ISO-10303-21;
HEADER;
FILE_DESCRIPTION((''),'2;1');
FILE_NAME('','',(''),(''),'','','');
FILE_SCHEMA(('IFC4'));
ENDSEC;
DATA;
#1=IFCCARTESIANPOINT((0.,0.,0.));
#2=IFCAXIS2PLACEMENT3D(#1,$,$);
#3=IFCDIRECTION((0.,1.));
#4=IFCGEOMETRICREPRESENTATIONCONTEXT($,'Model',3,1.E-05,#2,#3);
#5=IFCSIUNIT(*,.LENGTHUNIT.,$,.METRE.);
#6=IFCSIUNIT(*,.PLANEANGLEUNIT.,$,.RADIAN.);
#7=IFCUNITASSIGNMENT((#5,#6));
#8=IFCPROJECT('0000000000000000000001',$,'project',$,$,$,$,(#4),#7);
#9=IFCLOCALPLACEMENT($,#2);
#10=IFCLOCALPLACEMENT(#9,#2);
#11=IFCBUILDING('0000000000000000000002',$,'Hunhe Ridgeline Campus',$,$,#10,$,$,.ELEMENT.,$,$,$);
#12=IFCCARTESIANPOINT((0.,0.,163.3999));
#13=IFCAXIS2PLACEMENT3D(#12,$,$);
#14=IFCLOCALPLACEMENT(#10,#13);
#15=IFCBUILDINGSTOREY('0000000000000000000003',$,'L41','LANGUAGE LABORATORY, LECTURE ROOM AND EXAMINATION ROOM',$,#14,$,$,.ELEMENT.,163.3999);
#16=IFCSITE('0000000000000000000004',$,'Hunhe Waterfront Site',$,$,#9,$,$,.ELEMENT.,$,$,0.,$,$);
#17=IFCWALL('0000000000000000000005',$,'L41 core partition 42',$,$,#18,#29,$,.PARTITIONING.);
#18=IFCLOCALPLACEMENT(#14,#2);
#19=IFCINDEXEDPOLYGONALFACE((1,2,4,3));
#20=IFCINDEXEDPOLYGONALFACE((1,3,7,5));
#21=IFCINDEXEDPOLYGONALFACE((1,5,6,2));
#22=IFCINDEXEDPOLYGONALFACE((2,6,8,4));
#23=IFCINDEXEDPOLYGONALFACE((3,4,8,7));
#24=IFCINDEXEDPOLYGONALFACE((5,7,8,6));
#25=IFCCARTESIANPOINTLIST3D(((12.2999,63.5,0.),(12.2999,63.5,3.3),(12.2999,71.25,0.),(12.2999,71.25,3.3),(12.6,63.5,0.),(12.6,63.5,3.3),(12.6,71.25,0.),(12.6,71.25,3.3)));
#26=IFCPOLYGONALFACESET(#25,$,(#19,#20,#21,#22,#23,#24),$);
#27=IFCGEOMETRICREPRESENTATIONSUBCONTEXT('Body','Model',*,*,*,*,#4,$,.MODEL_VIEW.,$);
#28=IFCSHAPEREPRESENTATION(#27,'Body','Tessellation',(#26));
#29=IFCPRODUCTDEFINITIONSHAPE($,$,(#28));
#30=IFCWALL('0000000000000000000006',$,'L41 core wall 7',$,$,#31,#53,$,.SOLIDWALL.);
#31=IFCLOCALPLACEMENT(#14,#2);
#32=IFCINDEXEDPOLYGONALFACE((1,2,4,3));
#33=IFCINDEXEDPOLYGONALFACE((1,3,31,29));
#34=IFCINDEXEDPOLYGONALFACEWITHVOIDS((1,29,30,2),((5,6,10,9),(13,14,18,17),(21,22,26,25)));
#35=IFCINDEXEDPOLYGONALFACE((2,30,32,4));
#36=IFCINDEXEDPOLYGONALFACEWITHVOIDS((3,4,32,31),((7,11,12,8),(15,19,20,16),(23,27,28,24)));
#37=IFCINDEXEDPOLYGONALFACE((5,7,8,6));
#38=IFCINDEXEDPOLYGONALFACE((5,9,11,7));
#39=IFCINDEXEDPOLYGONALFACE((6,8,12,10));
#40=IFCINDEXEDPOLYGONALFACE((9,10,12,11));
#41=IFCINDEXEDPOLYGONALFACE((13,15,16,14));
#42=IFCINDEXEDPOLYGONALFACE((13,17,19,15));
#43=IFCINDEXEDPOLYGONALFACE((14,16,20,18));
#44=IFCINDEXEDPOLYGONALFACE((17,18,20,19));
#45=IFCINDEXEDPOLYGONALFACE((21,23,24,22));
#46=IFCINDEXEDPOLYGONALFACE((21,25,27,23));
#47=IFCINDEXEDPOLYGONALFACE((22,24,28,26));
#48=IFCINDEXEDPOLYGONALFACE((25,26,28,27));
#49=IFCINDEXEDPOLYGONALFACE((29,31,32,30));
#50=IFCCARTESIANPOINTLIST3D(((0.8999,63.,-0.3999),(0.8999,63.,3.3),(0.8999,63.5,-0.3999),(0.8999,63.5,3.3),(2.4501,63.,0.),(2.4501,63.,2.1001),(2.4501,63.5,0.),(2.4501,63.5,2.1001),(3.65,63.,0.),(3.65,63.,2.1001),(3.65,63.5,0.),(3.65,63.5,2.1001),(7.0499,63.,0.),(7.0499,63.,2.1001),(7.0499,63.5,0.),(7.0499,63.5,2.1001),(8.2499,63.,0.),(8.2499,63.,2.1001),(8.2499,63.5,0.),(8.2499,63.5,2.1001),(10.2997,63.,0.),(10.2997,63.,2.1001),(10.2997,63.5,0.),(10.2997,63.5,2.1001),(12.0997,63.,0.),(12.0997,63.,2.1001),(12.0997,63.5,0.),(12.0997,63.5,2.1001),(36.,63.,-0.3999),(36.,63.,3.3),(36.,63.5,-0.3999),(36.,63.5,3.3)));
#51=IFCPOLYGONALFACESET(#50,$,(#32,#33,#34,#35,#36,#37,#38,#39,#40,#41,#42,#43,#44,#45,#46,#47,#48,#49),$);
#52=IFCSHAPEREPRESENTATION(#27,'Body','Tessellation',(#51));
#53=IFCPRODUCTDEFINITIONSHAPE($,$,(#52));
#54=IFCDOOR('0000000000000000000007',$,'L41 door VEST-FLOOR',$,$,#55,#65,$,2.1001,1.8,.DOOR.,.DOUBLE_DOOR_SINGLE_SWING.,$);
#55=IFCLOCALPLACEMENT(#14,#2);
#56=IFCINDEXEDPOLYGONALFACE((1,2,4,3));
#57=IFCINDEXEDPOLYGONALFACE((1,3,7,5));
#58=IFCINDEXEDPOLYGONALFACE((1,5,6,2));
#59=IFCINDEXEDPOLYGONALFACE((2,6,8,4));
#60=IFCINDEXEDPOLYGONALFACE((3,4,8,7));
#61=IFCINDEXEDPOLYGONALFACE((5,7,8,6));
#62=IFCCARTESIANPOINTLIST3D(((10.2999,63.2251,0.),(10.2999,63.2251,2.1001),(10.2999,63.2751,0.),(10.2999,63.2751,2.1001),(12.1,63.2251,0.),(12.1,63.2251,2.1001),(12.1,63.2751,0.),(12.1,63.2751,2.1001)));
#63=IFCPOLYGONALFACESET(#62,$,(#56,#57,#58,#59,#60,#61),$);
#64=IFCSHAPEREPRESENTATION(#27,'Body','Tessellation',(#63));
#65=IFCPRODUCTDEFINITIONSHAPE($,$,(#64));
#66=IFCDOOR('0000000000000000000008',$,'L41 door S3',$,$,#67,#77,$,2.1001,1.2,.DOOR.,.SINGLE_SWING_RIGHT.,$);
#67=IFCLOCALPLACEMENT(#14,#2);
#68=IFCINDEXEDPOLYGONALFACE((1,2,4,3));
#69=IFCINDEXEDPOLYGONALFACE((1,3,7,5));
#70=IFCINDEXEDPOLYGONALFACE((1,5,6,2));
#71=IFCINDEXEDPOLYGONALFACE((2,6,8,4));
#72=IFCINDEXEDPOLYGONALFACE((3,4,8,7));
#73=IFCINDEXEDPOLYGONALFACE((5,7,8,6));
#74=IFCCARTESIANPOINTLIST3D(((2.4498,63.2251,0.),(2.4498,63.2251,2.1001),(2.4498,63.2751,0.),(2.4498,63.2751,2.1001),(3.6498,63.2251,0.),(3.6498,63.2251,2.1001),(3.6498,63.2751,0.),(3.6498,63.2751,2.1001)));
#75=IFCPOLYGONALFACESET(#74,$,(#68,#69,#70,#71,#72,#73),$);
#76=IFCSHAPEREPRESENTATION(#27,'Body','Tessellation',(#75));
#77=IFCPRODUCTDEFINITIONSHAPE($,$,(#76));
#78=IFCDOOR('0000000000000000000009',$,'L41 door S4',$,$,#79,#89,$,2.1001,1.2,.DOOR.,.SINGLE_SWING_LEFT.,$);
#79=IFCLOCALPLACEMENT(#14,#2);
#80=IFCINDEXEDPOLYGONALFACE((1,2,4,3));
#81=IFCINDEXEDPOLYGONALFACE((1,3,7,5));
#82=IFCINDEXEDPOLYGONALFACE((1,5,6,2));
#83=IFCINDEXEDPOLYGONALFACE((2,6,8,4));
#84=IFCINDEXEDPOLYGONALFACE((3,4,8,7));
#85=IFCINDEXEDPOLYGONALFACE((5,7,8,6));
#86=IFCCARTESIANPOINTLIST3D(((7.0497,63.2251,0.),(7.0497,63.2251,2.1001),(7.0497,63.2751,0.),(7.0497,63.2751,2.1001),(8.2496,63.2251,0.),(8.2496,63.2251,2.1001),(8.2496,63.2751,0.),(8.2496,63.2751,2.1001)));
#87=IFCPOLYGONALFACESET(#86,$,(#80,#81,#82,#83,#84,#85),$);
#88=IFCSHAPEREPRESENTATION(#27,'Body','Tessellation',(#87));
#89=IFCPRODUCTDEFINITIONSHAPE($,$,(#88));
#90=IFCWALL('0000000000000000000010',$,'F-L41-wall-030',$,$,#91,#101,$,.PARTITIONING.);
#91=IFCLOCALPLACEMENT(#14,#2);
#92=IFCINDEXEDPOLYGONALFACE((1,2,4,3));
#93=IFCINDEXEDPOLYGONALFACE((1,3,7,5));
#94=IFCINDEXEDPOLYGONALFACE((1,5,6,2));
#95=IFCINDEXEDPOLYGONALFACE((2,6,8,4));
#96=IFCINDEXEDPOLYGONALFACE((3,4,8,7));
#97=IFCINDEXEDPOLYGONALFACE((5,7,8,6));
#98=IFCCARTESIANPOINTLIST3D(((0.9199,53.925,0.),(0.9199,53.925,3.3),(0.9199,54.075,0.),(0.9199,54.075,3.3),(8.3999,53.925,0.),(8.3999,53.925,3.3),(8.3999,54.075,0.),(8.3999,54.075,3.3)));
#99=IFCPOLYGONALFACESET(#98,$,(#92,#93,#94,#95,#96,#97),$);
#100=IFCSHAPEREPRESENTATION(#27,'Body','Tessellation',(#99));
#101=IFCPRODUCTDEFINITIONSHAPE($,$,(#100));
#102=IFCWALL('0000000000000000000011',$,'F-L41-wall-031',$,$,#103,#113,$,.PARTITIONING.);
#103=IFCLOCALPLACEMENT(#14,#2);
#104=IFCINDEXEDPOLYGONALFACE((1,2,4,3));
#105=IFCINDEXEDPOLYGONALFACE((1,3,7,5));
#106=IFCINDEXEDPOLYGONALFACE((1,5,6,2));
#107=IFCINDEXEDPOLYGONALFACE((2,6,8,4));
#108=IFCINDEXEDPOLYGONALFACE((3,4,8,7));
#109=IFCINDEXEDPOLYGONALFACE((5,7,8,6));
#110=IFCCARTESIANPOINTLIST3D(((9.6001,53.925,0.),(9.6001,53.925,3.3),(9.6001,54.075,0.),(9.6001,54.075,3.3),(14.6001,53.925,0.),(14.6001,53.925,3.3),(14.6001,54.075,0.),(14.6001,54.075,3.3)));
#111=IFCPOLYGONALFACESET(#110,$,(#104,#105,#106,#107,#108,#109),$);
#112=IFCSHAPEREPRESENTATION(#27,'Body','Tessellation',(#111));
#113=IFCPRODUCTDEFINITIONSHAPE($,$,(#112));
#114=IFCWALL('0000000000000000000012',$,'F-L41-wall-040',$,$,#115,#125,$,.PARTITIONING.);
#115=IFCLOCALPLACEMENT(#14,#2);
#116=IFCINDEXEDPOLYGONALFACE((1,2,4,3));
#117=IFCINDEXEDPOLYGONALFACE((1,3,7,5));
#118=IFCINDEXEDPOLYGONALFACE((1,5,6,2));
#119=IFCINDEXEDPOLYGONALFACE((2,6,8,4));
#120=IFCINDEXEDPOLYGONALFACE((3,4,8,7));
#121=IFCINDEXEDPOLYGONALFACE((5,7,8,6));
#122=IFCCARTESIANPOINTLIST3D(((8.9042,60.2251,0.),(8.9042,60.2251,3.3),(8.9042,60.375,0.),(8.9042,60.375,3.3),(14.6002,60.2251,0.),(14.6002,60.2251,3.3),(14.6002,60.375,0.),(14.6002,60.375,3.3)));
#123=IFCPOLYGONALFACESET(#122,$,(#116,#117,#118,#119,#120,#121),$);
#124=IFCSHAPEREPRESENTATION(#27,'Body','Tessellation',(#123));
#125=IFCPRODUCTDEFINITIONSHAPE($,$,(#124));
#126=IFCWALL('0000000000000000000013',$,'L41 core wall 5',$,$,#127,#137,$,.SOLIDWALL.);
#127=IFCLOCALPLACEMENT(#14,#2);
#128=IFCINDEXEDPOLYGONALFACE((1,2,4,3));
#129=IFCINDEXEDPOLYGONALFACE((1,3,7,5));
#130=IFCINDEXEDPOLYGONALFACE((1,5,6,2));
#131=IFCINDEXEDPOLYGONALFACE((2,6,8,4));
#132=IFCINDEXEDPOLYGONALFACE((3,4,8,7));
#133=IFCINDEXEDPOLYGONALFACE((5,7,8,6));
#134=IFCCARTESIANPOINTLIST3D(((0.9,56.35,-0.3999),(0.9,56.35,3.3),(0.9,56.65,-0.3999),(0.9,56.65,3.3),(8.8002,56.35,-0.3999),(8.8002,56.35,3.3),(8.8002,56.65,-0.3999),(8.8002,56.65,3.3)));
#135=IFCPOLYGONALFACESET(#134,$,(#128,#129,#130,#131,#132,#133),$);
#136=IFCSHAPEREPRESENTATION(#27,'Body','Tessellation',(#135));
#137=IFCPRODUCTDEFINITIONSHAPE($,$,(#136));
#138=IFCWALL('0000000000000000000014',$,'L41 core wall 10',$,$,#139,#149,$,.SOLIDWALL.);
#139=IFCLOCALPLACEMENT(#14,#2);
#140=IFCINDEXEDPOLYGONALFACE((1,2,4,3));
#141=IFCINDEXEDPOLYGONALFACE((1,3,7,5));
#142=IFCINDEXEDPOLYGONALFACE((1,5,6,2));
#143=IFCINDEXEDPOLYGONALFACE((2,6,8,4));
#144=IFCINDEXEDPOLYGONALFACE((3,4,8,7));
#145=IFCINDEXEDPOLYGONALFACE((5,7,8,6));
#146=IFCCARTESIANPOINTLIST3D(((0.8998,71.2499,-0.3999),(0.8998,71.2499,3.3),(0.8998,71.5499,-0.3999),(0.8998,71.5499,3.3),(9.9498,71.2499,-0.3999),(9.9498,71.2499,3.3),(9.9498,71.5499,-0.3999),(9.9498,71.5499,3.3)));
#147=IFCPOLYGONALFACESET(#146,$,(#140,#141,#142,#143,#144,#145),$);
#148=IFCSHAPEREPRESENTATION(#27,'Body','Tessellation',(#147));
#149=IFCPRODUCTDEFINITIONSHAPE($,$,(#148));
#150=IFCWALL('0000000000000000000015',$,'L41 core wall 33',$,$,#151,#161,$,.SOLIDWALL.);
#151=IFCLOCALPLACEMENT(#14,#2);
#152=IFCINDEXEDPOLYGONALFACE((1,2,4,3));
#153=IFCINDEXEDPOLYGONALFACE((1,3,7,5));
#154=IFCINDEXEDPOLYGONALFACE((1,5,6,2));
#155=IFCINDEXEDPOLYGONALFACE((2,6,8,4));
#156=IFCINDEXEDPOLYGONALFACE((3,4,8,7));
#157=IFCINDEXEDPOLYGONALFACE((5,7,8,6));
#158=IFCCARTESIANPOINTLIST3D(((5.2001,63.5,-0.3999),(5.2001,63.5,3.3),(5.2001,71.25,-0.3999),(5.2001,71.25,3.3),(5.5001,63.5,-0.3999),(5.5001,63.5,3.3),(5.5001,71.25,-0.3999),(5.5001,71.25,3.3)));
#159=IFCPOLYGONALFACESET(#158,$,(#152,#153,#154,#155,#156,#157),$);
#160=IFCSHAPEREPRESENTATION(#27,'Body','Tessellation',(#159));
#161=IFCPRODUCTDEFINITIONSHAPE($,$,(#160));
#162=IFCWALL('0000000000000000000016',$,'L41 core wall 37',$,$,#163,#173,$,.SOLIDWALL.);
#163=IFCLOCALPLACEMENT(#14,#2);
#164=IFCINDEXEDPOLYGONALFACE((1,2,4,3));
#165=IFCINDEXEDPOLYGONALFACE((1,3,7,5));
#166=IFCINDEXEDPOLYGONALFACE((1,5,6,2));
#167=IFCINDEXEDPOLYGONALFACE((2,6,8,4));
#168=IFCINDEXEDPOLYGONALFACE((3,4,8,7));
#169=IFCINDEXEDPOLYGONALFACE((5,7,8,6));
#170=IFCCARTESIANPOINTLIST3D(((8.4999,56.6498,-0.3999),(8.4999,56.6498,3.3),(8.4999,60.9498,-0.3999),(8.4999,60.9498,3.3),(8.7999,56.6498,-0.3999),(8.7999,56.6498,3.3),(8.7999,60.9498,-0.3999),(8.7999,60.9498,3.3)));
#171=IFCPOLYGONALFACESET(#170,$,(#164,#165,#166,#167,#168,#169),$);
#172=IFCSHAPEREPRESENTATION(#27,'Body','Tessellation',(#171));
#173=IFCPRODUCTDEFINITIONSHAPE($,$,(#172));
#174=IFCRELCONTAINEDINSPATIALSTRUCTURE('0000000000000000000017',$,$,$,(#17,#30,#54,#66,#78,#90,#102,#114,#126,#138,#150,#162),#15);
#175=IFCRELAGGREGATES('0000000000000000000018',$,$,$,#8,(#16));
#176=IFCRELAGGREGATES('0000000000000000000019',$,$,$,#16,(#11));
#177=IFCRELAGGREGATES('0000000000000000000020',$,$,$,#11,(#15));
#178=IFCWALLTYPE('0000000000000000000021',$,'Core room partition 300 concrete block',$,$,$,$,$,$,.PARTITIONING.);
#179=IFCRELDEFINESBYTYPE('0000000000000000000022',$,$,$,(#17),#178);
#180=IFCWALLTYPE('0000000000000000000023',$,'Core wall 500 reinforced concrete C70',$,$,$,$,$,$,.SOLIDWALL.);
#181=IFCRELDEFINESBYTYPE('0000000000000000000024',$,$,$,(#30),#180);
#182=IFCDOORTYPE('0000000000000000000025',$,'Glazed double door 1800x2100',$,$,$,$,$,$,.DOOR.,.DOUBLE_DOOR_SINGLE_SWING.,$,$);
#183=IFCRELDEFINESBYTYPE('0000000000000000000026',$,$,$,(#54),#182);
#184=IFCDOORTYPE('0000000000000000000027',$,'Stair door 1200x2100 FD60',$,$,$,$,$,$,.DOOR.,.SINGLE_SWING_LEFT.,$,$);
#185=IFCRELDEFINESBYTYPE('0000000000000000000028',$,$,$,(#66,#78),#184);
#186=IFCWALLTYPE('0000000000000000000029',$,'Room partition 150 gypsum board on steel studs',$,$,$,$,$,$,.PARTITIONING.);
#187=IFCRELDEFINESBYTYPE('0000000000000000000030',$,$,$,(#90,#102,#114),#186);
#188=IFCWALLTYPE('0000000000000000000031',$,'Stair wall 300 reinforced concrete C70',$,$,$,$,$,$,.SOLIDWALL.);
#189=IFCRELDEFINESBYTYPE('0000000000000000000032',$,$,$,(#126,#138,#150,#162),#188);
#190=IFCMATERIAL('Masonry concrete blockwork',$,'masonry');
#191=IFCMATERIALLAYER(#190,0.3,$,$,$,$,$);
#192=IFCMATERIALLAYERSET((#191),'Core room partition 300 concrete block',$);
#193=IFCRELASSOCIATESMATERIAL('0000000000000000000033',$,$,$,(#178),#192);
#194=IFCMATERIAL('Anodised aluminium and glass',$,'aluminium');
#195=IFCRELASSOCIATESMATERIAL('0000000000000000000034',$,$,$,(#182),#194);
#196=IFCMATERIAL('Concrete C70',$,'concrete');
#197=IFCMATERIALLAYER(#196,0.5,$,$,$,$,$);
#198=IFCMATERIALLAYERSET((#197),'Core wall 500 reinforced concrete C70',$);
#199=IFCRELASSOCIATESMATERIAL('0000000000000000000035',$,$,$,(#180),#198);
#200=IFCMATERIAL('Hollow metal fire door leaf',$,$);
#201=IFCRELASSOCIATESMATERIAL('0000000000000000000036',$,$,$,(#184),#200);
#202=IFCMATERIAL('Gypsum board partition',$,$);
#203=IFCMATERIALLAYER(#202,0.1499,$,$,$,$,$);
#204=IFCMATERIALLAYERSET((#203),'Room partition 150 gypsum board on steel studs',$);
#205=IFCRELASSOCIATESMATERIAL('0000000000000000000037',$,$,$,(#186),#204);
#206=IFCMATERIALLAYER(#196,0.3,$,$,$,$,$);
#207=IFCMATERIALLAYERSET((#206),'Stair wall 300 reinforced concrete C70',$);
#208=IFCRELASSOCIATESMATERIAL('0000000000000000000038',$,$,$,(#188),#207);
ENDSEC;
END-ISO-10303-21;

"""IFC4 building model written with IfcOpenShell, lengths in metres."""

from ifc_helpers import new_model, si_unit, direction, frame, frame_2d, origin, place, context, subcontext, project, spatial, rectangle, extrude, material, layer, layer_set, type_object, element, fill, save


model = new_model("IFC4")

# Units and contexts
model_context = context("Model", 3, precision=1e-05, world=origin(), true_north=direction((0.0, 1.0)))
body_context = subcontext(model_context, "Body", "Model", "MODEL_VIEW")
ifc_project = project(units=[si_unit("LENGTHUNIT", "METRE"), si_unit("PLANEANGLEUNIT", "RADIAN")], contexts=[model_context])

# Site, building, storey
site_placement = place(None, origin())
site = spatial("IfcSite", under=ifc_project, at=site_placement, Name="Hunhe Waterfront Site", CompositionType="ELEMENT", RefElevation=0.0)
building_placement = place(site_placement, origin())
building = spatial("IfcBuilding", under=site, at=building_placement, Name="Hunhe Ridgeline Campus", CompositionType="ELEMENT")
storey_placement = place(building_placement, frame((0.0, 0.0, 163.3999)))
storey = spatial("IfcBuildingStorey", under=building, at=storey_placement, Name="L41", Description="LANGUAGE LABORATORY, LECTURE ROOM AND EXAMINATION ROOM", CompositionType="ELEMENT", Elevation=163.3999)

# Shared definitions
ifc_material_1 = material(Name="Masonry concrete blockwork", Category="masonry")
ifc_layer_1 = layer(ifc_material_1, 0.3)
ifc_layer_set_1 = layer_set([ifc_layer_1], Name="Core room partition 300 concrete block")
wall_type_1 = type_object("IfcWallType", Name="Core room partition 300 concrete block", PredefinedType="PARTITIONING", material=ifc_layer_set_1)
ifc_material_2 = material(Name="Anodised aluminium and glass", Category="aluminium")
door_type_1 = type_object("IfcDoorType", Name="Glazed double door 1800x2100", OperationType="DOUBLE_DOOR_SINGLE_SWING", PredefinedType="DOOR", material=ifc_material_2)

# Wall
wall_1_placement = place(storey_placement, frame((12.45, 63.5, 0.0), z_axis=(0.0, 0.0, 1.0), x_axis=(0.0, 1.0, 0.0)))
element("IfcWall", 1, at=wall_1_placement, inside=storey, type_object=wall_type_1, Name="L41 core partition 42", PredefinedType="PARTITIONING", context=body_context, shape_type="SweptSolid", body=[
    extrude(rectangle(XDim=7.75, YDim=0.3, at=frame_2d((3.875, 0.0))), origin(), (0.0, 0.0, 1.0), 3.3),
])

# Wall, openings, doors
ifc_material_3 = material(Name="Concrete C70", Category="concrete")
ifc_layer_2 = layer(ifc_material_3, 0.5)
ifc_layer_set_2 = layer_set([ifc_layer_2], Name="Core wall 500 reinforced concrete C70")
wall_type_2 = type_object("IfcWallType", Name="Core wall 500 reinforced concrete C70", PredefinedType="SOLIDWALL", material=ifc_layer_set_2)
wall_2_placement = place(storey_placement, frame((0.8999, 63.25, -0.3999), z_axis=(0.0, 0.0, 1.0), x_axis=(1.0, 0.0, 0.0)))
wall_2 = element("IfcWall", 2, at=wall_2_placement, inside=storey, type_object=wall_type_2, Name="L41 core wall 7", PredefinedType="SOLIDWALL", context=body_context, shape_type="SweptSolid", body=[
    extrude(rectangle(XDim=35.1001, YDim=0.5, at=frame_2d((17.55, 0.0))), origin(), (0.0, 0.0, 1.0), 3.7),
])
opening_1_placement = place(wall_2_placement, frame((9.3999, 0.0, 0.3999)))
opening_1 = element("IfcOpeningElement", 3, at=opening_1_placement, cuts=wall_2, PredefinedType="OPENING", context=body_context, shape_type="SweptSolid", body=[
    extrude(rectangle(XDim=1.8, YDim=2.1001, at=frame_2d((0.8999, 1.05))), frame((0.0, 0.25, 0.0), z_axis=(0.0, -1.0, 0.0), x_axis=(1.0, 0.0, 0.0)), (0.0, 0.0, 1.0), 0.5),
])
opening_2_placement = place(wall_2_placement, frame((1.55, 0.0, 0.3999)))
opening_2 = element("IfcOpeningElement", 4, at=opening_2_placement, cuts=wall_2, PredefinedType="OPENING", context=body_context, shape_type="SweptSolid", body=[
    extrude(rectangle(XDim=1.2, YDim=2.1001, at=frame_2d((0.6001, 1.05))), frame((0.0, 0.25, 0.0), z_axis=(0.0, -1.0, 0.0), x_axis=(1.0, 0.0, 0.0)), (0.0, 0.0, 1.0), 0.5),
])
opening_3_placement = place(wall_2_placement, frame((6.1499, 0.0, 0.3999)))
opening_3 = element("IfcOpeningElement", 5, at=opening_3_placement, cuts=wall_2, PredefinedType="OPENING", context=body_context, shape_type="SweptSolid", body=[
    extrude(rectangle(XDim=1.2, YDim=2.1001, at=frame_2d((0.6001, 1.05))), frame((0.0, 0.25, 0.0), z_axis=(0.0, -1.0, 0.0), x_axis=(1.0, 0.0, 0.0)), (0.0, 0.0, 1.0), 0.5),
])
door_1_placement = place(opening_1_placement, frame((1.8, 0.0, 0.0), z_axis=(0.0, 0.0, 1.0), x_axis=(-1.0, 0.0, 0.0)))
door_1 = element("IfcDoor", 6, at=door_1_placement, inside=storey, type_object=door_type_1, Name="L41 door VEST-FLOOR", OperationType="DOUBLE_DOOR_SINGLE_SWING", OverallHeight=2.1001, OverallWidth=1.8, PredefinedType="DOOR", context=body_context, shape_type="SweptSolid", body=[
    extrude(rectangle(XDim=1.8, YDim=2.1001, at=frame_2d((0.8999, 1.05))), frame((0.0, 0.0249, 0.0), z_axis=(0.0, -1.0, 0.0), x_axis=(1.0, 0.0, 0.0)), (0.0, 0.0, 1.0), 0.05),
])
fill(opening_1, door_1)
ifc_material_4 = material(Name="Hollow metal fire door leaf")
door_type_2 = type_object("IfcDoorType", Name="Stair door 1200x2100 FD60", OperationType="SINGLE_SWING_LEFT", PredefinedType="DOOR", material=ifc_material_4)
door_2_placement = place(opening_2_placement, frame((1.2, 0.0, 0.0), z_axis=(0.0, 0.0, 1.0), x_axis=(-1.0, 0.0, 0.0)))
door_2 = element("IfcDoor", 7, at=door_2_placement, inside=storey, type_object=door_type_2, Name="L41 door S3", OperationType="SINGLE_SWING_RIGHT", OverallHeight=2.1001, OverallWidth=1.2, PredefinedType="DOOR", context=body_context, shape_type="SweptSolid", body=[
    extrude(rectangle(XDim=1.2, YDim=2.1001, at=frame_2d((0.6001, 1.05))), frame((0.0, 0.0249, 0.0), z_axis=(0.0, -1.0, 0.0), x_axis=(1.0, 0.0, 0.0)), (0.0, 0.0, 1.0), 0.05),
])
fill(opening_2, door_2)
door_3_placement = place(opening_3_placement, frame((1.2, 0.0, 0.0), z_axis=(0.0, 0.0, 1.0), x_axis=(-1.0, 0.0, 0.0)))
door_3 = element("IfcDoor", 8, at=door_3_placement, inside=storey, type_object=door_type_2, Name="L41 door S4", OperationType="SINGLE_SWING_LEFT", OverallHeight=2.1001, OverallWidth=1.2, PredefinedType="DOOR", context=body_context, shape_type="SweptSolid", body=[
    extrude(rectangle(XDim=1.2, YDim=2.1001, at=frame_2d((0.6001, 1.05))), frame((0.0, 0.0249, 0.0), z_axis=(0.0, -1.0, 0.0), x_axis=(1.0, 0.0, 0.0)), (0.0, 0.0, 1.0), 0.05),
])
fill(opening_3, door_3)

# Walls
ifc_material_5 = material(Name="Gypsum board partition")
ifc_layer_3 = layer(ifc_material_5, 0.1499)
ifc_layer_set_3 = layer_set([ifc_layer_3], Name="Room partition 150 gypsum board on steel studs")
wall_type_3 = type_object("IfcWallType", Name="Room partition 150 gypsum board on steel studs", PredefinedType="PARTITIONING", material=ifc_layer_set_3)
wall_3_placement = place(storey_placement, frame((0.9199, 54.0, 0.0), z_axis=(0.0, 0.0, 1.0), x_axis=(1.0, 0.0, 0.0)))
element("IfcWall", 9, at=wall_3_placement, inside=storey, type_object=wall_type_3, Name="F-L41-wall-030", PredefinedType="PARTITIONING", context=body_context, shape_type="SweptSolid", body=[
    extrude(rectangle(XDim=7.48, YDim=0.1499, at=frame_2d((3.74, 0.0))), origin(), (0.0, 0.0, 1.0), 3.3),
])
wall_4_placement = place(storey_placement, frame((9.6001, 54.0, 0.0), z_axis=(0.0, 0.0, 1.0), x_axis=(1.0, 0.0, 0.0)))
element("IfcWall", 10, at=wall_4_placement, inside=storey, type_object=wall_type_3, Name="F-L41-wall-031", PredefinedType="PARTITIONING", context=body_context, shape_type="SweptSolid", body=[
    extrude(rectangle(XDim=5.0, YDim=0.1499, at=frame_2d((2.5, 0.0))), origin(), (0.0, 0.0, 1.0), 3.3),
])
wall_5_placement = place(storey_placement, frame((8.9041, 60.3, 0.0), z_axis=(0.0, 0.0, 1.0), x_axis=(1.0, 0.0, 0.0)))
element("IfcWall", 11, at=wall_5_placement, inside=storey, type_object=wall_type_3, Name="F-L41-wall-040", PredefinedType="PARTITIONING", context=body_context, shape_type="SweptSolid", body=[
    extrude(rectangle(XDim=5.696, YDim=0.1499, at=frame_2d((2.8481, 0.0))), origin(), (0.0, 0.0, 1.0), 3.3),
])
ifc_layer_4 = layer(ifc_material_3, 0.3)
ifc_layer_set_4 = layer_set([ifc_layer_4], Name="Stair wall 300 reinforced concrete C70")
wall_type_4 = type_object("IfcWallType", Name="Stair wall 300 reinforced concrete C70", PredefinedType="SOLIDWALL", material=ifc_layer_set_4)
wall_6_placement = place(storey_placement, frame((0.8999, 56.5, -0.3999), z_axis=(0.0, 0.0, 1.0), x_axis=(1.0, 0.0, 0.0)))
element("IfcWall", 12, at=wall_6_placement, inside=storey, type_object=wall_type_4, Name="L41 core wall 5", PredefinedType="SOLIDWALL", context=body_context, shape_type="SweptSolid", body=[
    extrude(rectangle(XDim=7.9001, YDim=0.3, at=frame_2d((3.9502, 0.0))), origin(), (0.0, 0.0, 1.0), 3.7),
])

# Walls
wall_7_placement = place(storey_placement, frame((0.8999, 71.3999, -0.3999), z_axis=(0.0, 0.0, 1.0), x_axis=(1.0, 0.0, 0.0)))
element("IfcWall", 13, at=wall_7_placement, inside=storey, type_object=wall_type_4, Name="L41 core wall 10", PredefinedType="SOLIDWALL", context=body_context, shape_type="SweptSolid", body=[
    extrude(rectangle(XDim=9.05, YDim=0.3, at=frame_2d((4.5249, 0.0))), origin(), (0.0, 0.0, 1.0), 3.7),
])
wall_8_placement = place(storey_placement, frame((5.3501, 63.5, -0.3999), z_axis=(0.0, 0.0, 1.0), x_axis=(0.0, 1.0, 0.0)))
element("IfcWall", 14, at=wall_8_placement, inside=storey, type_object=wall_type_4, Name="L41 core wall 33", PredefinedType="SOLIDWALL", context=body_context, shape_type="SweptSolid", body=[
    extrude(rectangle(XDim=7.75, YDim=0.3, at=frame_2d((3.875, 0.0))), origin(), (0.0, 0.0, 1.0), 3.7),
])
wall_9_placement = place(storey_placement, frame((8.6499, 56.6499, -0.3999), z_axis=(0.0, 0.0, 1.0), x_axis=(0.0, 1.0, 0.0)))
element("IfcWall", 15, at=wall_9_placement, inside=storey, type_object=wall_type_4, Name="L41 core wall 37", PredefinedType="SOLIDWALL", context=body_context, shape_type="SweptSolid", body=[
    extrude(rectangle(XDim=4.3, YDim=0.3, at=frame_2d((2.1499, 0.0))), origin(), (0.0, 0.0, 1.0), 3.7),
])

save(model, "model.ifc")
